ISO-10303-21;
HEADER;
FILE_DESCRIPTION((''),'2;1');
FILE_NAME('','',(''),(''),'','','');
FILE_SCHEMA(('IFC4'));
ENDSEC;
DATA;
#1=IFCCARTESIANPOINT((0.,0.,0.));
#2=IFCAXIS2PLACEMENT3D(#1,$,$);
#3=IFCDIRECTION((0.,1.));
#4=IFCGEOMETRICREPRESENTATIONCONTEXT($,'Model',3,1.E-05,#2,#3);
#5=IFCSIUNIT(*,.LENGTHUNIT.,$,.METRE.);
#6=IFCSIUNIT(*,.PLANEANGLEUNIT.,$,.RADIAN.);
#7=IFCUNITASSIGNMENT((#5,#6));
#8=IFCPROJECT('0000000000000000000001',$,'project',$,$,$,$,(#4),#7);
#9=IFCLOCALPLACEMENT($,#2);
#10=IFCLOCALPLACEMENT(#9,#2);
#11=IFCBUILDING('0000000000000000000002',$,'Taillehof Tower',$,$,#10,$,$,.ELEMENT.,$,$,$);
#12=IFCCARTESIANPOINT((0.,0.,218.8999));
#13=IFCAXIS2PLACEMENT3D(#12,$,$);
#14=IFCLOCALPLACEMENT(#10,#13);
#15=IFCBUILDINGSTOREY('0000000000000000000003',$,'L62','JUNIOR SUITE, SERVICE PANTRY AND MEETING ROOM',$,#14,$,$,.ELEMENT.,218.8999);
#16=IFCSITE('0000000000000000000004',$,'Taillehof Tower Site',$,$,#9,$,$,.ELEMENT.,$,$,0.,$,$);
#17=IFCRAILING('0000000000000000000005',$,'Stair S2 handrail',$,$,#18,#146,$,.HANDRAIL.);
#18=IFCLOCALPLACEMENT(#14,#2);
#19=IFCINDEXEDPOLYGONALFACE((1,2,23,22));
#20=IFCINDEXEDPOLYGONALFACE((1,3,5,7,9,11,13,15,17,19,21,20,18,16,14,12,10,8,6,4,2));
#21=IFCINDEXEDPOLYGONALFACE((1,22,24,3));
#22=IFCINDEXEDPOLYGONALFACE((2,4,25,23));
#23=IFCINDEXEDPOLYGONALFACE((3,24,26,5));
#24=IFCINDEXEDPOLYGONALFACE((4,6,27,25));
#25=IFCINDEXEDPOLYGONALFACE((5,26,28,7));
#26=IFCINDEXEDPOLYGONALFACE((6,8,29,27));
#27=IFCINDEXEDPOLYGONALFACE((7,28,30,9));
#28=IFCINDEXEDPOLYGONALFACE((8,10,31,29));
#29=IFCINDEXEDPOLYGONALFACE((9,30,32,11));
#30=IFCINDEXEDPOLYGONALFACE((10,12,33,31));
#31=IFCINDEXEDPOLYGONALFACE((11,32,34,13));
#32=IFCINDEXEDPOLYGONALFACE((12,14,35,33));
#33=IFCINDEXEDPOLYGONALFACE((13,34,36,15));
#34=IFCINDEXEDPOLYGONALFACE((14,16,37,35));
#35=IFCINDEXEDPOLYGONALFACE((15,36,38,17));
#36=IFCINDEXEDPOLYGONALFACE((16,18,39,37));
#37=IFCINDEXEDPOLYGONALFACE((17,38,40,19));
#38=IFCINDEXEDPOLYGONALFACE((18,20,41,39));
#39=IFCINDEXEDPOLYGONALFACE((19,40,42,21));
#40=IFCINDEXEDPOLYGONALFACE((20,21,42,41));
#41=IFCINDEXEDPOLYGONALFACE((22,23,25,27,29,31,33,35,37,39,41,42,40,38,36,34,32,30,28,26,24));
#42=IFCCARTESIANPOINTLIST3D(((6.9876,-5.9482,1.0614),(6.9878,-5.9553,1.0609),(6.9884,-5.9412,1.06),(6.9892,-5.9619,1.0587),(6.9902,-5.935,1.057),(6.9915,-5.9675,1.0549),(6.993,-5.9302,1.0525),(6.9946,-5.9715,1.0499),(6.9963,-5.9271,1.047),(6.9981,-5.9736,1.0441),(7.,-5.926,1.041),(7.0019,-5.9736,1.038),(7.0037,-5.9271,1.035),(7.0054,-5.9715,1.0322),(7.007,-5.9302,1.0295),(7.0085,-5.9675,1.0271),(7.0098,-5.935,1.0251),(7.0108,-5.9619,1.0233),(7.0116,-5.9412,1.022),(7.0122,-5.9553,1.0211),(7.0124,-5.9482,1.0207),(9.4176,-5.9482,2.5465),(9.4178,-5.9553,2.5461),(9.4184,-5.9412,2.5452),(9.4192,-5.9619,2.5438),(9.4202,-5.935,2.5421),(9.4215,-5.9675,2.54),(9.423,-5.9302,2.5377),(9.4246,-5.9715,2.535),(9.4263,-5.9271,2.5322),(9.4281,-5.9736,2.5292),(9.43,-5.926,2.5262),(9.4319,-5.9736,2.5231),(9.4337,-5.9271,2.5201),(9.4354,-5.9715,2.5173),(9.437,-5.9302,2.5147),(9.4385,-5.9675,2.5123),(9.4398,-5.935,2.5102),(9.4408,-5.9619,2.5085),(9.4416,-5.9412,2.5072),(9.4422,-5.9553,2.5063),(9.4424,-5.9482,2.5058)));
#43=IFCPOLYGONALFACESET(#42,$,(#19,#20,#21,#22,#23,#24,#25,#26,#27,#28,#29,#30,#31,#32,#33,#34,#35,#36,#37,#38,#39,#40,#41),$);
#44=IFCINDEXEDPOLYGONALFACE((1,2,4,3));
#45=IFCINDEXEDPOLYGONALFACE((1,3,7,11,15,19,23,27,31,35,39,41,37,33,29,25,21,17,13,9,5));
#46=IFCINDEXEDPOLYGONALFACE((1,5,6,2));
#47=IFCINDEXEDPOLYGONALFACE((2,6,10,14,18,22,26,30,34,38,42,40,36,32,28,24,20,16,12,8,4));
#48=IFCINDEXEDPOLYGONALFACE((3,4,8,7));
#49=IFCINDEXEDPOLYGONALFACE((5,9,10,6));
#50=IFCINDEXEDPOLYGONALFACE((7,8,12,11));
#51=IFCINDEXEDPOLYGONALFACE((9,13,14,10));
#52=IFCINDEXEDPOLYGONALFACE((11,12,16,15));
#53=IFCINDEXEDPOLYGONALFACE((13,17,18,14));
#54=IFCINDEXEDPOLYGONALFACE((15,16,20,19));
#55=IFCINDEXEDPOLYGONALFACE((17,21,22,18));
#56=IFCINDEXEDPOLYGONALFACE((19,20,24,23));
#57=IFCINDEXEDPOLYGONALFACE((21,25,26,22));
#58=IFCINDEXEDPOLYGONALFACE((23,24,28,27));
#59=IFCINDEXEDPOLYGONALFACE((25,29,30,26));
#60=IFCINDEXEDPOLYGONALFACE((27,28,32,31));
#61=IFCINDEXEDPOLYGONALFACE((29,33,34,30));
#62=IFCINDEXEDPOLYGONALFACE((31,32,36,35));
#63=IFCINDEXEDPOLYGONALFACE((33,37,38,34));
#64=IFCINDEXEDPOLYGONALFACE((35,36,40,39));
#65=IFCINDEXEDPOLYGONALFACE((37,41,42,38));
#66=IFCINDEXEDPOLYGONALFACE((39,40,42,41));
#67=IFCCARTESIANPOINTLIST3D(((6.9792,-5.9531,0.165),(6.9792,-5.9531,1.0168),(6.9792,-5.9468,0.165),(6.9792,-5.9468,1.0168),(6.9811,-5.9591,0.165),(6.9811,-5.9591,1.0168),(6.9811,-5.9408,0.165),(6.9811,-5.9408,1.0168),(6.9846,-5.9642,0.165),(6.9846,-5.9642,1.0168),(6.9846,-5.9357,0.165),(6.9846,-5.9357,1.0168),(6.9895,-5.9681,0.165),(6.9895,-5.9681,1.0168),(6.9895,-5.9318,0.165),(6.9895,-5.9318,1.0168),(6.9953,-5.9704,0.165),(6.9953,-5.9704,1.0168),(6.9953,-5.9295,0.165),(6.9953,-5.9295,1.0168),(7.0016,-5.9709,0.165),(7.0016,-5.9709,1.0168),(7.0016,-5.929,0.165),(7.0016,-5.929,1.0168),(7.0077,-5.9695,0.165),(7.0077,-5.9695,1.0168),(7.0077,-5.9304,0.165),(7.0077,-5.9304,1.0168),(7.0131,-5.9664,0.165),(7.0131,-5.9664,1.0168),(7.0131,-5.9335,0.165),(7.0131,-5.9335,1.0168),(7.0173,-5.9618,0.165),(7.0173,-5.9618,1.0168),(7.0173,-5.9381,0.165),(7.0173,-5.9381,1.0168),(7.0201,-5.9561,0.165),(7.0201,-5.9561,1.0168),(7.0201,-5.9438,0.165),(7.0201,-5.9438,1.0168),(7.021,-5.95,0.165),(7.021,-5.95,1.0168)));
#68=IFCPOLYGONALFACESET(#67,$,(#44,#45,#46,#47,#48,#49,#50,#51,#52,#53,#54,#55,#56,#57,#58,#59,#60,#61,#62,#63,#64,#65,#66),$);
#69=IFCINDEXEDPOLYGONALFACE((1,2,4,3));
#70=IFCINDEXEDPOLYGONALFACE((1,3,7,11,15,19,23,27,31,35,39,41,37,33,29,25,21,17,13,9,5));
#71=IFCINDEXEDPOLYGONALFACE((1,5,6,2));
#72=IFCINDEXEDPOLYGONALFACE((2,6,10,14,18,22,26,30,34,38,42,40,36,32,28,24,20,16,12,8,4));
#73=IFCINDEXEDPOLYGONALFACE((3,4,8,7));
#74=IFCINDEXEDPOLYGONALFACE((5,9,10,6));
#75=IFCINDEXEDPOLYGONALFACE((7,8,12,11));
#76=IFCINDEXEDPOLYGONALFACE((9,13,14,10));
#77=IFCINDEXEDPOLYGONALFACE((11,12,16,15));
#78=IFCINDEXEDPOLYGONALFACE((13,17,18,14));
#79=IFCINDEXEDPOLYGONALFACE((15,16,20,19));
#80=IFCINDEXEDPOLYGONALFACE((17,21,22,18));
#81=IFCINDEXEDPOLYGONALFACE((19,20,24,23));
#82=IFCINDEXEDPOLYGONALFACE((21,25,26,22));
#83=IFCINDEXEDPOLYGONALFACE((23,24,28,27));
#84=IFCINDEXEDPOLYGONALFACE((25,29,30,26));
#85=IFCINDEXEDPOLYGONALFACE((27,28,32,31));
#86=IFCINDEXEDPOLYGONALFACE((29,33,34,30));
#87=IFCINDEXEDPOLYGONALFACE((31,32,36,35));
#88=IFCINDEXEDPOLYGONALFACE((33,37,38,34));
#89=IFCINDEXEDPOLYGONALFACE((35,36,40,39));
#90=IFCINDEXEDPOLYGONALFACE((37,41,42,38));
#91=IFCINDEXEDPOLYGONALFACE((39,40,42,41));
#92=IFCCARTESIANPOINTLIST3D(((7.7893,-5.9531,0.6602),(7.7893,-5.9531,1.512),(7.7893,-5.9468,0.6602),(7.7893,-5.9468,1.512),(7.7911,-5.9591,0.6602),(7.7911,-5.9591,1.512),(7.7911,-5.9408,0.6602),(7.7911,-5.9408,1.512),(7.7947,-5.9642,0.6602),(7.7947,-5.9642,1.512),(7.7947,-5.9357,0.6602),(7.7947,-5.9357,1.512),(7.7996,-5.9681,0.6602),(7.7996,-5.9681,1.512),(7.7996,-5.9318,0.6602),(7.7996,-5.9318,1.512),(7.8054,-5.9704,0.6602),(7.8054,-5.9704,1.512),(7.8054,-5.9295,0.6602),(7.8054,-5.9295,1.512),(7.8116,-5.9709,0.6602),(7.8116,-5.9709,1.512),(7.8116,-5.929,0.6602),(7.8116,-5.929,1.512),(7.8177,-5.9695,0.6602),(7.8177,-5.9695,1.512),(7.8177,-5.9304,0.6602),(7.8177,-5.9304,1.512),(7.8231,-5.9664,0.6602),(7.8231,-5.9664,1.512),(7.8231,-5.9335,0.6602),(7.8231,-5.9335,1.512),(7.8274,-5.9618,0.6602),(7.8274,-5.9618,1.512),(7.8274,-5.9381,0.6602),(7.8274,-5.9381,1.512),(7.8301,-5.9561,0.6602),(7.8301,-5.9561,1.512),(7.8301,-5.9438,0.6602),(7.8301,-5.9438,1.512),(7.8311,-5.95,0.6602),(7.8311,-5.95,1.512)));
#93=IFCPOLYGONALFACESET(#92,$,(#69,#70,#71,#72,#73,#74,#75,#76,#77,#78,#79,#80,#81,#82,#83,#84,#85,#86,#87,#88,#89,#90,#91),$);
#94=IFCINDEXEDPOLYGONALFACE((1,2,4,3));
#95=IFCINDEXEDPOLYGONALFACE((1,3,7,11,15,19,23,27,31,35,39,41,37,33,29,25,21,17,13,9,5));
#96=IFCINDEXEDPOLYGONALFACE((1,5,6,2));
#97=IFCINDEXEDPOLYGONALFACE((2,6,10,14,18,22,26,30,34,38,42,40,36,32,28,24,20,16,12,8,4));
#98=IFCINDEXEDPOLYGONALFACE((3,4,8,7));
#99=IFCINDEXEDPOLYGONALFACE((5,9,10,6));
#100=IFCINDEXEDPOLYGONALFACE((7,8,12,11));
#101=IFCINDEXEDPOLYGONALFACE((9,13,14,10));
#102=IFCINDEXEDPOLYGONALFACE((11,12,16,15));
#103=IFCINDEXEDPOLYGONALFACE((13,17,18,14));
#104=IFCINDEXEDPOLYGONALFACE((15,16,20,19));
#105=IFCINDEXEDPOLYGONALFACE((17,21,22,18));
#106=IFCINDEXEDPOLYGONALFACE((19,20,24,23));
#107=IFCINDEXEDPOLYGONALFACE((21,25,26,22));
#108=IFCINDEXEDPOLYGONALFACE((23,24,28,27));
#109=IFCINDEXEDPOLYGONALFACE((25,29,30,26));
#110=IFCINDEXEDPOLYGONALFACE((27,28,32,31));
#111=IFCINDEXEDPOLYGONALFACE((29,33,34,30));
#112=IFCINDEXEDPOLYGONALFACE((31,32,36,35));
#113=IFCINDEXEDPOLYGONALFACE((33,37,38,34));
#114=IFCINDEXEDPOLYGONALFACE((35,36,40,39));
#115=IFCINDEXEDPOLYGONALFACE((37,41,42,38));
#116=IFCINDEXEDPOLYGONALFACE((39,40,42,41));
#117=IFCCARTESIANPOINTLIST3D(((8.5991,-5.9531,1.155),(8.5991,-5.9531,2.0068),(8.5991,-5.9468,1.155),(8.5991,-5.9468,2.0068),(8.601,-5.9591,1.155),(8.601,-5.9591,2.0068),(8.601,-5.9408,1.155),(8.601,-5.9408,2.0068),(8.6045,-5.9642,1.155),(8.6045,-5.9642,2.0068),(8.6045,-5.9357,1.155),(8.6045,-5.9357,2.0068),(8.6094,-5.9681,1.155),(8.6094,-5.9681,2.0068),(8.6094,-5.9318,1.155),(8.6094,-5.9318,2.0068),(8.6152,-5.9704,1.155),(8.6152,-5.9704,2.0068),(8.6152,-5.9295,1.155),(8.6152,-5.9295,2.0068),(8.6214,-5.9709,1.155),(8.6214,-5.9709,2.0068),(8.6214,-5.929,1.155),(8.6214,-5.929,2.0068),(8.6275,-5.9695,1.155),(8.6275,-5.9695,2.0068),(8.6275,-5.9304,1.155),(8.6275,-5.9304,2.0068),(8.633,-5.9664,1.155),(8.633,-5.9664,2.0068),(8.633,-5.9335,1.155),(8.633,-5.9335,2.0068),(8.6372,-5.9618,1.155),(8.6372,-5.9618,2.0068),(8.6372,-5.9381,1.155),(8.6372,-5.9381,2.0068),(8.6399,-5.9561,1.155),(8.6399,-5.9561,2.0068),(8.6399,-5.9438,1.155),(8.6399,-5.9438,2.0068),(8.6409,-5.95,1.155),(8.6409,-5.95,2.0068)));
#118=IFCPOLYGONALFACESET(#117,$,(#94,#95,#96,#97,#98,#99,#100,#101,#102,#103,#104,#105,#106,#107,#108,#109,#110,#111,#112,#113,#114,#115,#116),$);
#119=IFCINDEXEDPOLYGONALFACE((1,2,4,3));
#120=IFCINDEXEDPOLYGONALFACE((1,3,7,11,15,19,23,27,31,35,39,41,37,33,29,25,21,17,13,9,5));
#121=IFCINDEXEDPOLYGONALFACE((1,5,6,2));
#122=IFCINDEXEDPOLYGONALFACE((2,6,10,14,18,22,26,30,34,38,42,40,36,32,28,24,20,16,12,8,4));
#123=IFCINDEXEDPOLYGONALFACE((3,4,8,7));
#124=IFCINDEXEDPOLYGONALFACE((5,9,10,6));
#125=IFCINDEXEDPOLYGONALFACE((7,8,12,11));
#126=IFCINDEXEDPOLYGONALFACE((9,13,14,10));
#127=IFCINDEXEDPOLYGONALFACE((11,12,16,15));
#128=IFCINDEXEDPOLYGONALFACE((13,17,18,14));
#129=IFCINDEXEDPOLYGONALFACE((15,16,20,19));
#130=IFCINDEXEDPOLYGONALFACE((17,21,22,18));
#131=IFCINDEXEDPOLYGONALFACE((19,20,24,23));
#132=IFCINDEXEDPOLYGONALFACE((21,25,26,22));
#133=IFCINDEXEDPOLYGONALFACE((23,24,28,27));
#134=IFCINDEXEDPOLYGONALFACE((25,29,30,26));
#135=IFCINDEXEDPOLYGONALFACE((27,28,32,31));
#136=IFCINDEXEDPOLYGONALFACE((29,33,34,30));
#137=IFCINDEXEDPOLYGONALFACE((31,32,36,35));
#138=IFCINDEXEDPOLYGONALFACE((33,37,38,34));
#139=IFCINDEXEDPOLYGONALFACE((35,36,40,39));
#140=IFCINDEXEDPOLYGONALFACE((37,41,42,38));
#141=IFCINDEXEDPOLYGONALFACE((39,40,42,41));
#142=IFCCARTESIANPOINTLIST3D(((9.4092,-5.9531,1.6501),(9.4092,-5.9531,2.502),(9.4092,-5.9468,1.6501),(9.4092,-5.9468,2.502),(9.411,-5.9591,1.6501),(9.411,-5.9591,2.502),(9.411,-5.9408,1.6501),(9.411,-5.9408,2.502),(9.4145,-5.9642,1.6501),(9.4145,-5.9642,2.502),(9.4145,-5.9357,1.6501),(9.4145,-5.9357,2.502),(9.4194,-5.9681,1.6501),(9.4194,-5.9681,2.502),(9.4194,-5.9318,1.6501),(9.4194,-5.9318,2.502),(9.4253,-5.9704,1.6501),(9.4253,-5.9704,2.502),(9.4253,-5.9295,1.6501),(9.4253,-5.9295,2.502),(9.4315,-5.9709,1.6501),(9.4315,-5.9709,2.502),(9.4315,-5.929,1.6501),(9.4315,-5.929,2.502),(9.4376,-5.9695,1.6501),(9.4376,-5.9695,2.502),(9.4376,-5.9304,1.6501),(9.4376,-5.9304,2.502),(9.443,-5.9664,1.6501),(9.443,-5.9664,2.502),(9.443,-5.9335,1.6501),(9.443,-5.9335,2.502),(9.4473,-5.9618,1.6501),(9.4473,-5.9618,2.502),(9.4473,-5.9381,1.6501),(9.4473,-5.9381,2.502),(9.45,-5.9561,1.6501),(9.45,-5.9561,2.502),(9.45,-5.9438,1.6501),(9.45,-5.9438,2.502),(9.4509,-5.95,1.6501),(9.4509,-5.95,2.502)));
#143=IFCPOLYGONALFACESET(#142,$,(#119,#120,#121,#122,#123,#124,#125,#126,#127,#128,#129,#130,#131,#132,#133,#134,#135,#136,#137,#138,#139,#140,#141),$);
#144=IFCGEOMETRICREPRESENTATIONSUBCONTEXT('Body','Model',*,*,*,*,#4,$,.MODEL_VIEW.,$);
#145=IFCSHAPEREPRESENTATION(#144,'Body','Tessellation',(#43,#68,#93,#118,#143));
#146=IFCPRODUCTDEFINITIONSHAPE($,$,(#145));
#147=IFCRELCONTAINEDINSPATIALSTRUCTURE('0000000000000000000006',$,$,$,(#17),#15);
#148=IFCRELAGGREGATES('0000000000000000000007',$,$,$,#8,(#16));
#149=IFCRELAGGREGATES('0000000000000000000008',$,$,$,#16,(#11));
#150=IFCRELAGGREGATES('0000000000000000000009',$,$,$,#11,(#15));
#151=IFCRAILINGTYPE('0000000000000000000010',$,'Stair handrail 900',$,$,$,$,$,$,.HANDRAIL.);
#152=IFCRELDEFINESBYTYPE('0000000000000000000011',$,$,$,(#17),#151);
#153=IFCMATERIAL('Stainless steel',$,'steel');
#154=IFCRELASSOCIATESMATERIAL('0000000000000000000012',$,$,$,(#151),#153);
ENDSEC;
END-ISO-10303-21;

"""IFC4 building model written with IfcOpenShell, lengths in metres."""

from ifc_helpers import new_model, si_unit, direction, frame, origin, origin_2d, place, context, subcontext, project, spatial, circle, extrude, material, type_object, element, save


model = new_model("IFC4")

# Units and contexts
model_context = context("Model", 3, precision=1e-05, world=origin(), true_north=direction((0.0, 1.0)))
body_context = subcontext(model_context, "Body", "Model", "MODEL_VIEW")
ifc_project = project(units=[si_unit("LENGTHUNIT", "METRE"), si_unit("PLANEANGLEUNIT", "RADIAN")], contexts=[model_context])

# Site, building, storey
site_placement = place(None, origin())
site = spatial("IfcSite", under=ifc_project, at=site_placement, Name="Taillehof Tower Site", CompositionType="ELEMENT", RefElevation=0.0)
building_placement = place(site_placement, origin())
building = spatial("IfcBuilding", under=site, at=building_placement, Name="Taillehof Tower", CompositionType="ELEMENT")
storey_placement = place(building_placement, frame((0.0, 0.0, 218.8999)))
storey = spatial("IfcBuildingStorey", under=building, at=storey_placement, Name="L62", Description="JUNIOR SUITE, SERVICE PANTRY AND MEETING ROOM", CompositionType="ELEMENT", Elevation=218.8999)

# Railing
ifc_material_1 = material(Name="Stainless steel", Category="steel")
railing_type = type_object("IfcRailingType", Name="Stair handrail 900", PredefinedType="HANDRAIL", material=ifc_material_1)
railing_placement = place(storey_placement, frame((7.0, -5.95, 0.165)))
element("IfcRailing", 1, at=railing_placement, inside=storey, type_object=railing_type, Name="Stair S2 handrail", PredefinedType="HANDRAIL", context=body_context, shape_type="SweptSolid", body=[
    extrude(circle(Radius=0.0239, at=origin_2d()), frame((0.0, 0.0, 0.876), z_axis=(0.853259, 0.0, 0.521488), x_axis=(0.0, 1.0, 0.0)), (0.0, 0.0, 1.0), 2.8479),
    extrude(circle(Radius=0.021, at=origin_2d()), origin(), (0.0, 0.0, 1.0), 0.8518),
    extrude(circle(Radius=0.021, at=origin_2d()), frame((0.8101, 0.0, 0.4951)), (0.0, 0.0, 1.0), 0.8518),
    extrude(circle(Radius=0.021, at=origin_2d()), frame((1.6199, 0.0, 0.99)), (0.0, 0.0, 1.0), 0.8518),
    extrude(circle(Radius=0.021, at=origin_2d()), frame((2.4299, 0.0, 1.4851)), (0.0, 0.0, 1.0), 0.8518),
])

save(model, "model.ifc")
